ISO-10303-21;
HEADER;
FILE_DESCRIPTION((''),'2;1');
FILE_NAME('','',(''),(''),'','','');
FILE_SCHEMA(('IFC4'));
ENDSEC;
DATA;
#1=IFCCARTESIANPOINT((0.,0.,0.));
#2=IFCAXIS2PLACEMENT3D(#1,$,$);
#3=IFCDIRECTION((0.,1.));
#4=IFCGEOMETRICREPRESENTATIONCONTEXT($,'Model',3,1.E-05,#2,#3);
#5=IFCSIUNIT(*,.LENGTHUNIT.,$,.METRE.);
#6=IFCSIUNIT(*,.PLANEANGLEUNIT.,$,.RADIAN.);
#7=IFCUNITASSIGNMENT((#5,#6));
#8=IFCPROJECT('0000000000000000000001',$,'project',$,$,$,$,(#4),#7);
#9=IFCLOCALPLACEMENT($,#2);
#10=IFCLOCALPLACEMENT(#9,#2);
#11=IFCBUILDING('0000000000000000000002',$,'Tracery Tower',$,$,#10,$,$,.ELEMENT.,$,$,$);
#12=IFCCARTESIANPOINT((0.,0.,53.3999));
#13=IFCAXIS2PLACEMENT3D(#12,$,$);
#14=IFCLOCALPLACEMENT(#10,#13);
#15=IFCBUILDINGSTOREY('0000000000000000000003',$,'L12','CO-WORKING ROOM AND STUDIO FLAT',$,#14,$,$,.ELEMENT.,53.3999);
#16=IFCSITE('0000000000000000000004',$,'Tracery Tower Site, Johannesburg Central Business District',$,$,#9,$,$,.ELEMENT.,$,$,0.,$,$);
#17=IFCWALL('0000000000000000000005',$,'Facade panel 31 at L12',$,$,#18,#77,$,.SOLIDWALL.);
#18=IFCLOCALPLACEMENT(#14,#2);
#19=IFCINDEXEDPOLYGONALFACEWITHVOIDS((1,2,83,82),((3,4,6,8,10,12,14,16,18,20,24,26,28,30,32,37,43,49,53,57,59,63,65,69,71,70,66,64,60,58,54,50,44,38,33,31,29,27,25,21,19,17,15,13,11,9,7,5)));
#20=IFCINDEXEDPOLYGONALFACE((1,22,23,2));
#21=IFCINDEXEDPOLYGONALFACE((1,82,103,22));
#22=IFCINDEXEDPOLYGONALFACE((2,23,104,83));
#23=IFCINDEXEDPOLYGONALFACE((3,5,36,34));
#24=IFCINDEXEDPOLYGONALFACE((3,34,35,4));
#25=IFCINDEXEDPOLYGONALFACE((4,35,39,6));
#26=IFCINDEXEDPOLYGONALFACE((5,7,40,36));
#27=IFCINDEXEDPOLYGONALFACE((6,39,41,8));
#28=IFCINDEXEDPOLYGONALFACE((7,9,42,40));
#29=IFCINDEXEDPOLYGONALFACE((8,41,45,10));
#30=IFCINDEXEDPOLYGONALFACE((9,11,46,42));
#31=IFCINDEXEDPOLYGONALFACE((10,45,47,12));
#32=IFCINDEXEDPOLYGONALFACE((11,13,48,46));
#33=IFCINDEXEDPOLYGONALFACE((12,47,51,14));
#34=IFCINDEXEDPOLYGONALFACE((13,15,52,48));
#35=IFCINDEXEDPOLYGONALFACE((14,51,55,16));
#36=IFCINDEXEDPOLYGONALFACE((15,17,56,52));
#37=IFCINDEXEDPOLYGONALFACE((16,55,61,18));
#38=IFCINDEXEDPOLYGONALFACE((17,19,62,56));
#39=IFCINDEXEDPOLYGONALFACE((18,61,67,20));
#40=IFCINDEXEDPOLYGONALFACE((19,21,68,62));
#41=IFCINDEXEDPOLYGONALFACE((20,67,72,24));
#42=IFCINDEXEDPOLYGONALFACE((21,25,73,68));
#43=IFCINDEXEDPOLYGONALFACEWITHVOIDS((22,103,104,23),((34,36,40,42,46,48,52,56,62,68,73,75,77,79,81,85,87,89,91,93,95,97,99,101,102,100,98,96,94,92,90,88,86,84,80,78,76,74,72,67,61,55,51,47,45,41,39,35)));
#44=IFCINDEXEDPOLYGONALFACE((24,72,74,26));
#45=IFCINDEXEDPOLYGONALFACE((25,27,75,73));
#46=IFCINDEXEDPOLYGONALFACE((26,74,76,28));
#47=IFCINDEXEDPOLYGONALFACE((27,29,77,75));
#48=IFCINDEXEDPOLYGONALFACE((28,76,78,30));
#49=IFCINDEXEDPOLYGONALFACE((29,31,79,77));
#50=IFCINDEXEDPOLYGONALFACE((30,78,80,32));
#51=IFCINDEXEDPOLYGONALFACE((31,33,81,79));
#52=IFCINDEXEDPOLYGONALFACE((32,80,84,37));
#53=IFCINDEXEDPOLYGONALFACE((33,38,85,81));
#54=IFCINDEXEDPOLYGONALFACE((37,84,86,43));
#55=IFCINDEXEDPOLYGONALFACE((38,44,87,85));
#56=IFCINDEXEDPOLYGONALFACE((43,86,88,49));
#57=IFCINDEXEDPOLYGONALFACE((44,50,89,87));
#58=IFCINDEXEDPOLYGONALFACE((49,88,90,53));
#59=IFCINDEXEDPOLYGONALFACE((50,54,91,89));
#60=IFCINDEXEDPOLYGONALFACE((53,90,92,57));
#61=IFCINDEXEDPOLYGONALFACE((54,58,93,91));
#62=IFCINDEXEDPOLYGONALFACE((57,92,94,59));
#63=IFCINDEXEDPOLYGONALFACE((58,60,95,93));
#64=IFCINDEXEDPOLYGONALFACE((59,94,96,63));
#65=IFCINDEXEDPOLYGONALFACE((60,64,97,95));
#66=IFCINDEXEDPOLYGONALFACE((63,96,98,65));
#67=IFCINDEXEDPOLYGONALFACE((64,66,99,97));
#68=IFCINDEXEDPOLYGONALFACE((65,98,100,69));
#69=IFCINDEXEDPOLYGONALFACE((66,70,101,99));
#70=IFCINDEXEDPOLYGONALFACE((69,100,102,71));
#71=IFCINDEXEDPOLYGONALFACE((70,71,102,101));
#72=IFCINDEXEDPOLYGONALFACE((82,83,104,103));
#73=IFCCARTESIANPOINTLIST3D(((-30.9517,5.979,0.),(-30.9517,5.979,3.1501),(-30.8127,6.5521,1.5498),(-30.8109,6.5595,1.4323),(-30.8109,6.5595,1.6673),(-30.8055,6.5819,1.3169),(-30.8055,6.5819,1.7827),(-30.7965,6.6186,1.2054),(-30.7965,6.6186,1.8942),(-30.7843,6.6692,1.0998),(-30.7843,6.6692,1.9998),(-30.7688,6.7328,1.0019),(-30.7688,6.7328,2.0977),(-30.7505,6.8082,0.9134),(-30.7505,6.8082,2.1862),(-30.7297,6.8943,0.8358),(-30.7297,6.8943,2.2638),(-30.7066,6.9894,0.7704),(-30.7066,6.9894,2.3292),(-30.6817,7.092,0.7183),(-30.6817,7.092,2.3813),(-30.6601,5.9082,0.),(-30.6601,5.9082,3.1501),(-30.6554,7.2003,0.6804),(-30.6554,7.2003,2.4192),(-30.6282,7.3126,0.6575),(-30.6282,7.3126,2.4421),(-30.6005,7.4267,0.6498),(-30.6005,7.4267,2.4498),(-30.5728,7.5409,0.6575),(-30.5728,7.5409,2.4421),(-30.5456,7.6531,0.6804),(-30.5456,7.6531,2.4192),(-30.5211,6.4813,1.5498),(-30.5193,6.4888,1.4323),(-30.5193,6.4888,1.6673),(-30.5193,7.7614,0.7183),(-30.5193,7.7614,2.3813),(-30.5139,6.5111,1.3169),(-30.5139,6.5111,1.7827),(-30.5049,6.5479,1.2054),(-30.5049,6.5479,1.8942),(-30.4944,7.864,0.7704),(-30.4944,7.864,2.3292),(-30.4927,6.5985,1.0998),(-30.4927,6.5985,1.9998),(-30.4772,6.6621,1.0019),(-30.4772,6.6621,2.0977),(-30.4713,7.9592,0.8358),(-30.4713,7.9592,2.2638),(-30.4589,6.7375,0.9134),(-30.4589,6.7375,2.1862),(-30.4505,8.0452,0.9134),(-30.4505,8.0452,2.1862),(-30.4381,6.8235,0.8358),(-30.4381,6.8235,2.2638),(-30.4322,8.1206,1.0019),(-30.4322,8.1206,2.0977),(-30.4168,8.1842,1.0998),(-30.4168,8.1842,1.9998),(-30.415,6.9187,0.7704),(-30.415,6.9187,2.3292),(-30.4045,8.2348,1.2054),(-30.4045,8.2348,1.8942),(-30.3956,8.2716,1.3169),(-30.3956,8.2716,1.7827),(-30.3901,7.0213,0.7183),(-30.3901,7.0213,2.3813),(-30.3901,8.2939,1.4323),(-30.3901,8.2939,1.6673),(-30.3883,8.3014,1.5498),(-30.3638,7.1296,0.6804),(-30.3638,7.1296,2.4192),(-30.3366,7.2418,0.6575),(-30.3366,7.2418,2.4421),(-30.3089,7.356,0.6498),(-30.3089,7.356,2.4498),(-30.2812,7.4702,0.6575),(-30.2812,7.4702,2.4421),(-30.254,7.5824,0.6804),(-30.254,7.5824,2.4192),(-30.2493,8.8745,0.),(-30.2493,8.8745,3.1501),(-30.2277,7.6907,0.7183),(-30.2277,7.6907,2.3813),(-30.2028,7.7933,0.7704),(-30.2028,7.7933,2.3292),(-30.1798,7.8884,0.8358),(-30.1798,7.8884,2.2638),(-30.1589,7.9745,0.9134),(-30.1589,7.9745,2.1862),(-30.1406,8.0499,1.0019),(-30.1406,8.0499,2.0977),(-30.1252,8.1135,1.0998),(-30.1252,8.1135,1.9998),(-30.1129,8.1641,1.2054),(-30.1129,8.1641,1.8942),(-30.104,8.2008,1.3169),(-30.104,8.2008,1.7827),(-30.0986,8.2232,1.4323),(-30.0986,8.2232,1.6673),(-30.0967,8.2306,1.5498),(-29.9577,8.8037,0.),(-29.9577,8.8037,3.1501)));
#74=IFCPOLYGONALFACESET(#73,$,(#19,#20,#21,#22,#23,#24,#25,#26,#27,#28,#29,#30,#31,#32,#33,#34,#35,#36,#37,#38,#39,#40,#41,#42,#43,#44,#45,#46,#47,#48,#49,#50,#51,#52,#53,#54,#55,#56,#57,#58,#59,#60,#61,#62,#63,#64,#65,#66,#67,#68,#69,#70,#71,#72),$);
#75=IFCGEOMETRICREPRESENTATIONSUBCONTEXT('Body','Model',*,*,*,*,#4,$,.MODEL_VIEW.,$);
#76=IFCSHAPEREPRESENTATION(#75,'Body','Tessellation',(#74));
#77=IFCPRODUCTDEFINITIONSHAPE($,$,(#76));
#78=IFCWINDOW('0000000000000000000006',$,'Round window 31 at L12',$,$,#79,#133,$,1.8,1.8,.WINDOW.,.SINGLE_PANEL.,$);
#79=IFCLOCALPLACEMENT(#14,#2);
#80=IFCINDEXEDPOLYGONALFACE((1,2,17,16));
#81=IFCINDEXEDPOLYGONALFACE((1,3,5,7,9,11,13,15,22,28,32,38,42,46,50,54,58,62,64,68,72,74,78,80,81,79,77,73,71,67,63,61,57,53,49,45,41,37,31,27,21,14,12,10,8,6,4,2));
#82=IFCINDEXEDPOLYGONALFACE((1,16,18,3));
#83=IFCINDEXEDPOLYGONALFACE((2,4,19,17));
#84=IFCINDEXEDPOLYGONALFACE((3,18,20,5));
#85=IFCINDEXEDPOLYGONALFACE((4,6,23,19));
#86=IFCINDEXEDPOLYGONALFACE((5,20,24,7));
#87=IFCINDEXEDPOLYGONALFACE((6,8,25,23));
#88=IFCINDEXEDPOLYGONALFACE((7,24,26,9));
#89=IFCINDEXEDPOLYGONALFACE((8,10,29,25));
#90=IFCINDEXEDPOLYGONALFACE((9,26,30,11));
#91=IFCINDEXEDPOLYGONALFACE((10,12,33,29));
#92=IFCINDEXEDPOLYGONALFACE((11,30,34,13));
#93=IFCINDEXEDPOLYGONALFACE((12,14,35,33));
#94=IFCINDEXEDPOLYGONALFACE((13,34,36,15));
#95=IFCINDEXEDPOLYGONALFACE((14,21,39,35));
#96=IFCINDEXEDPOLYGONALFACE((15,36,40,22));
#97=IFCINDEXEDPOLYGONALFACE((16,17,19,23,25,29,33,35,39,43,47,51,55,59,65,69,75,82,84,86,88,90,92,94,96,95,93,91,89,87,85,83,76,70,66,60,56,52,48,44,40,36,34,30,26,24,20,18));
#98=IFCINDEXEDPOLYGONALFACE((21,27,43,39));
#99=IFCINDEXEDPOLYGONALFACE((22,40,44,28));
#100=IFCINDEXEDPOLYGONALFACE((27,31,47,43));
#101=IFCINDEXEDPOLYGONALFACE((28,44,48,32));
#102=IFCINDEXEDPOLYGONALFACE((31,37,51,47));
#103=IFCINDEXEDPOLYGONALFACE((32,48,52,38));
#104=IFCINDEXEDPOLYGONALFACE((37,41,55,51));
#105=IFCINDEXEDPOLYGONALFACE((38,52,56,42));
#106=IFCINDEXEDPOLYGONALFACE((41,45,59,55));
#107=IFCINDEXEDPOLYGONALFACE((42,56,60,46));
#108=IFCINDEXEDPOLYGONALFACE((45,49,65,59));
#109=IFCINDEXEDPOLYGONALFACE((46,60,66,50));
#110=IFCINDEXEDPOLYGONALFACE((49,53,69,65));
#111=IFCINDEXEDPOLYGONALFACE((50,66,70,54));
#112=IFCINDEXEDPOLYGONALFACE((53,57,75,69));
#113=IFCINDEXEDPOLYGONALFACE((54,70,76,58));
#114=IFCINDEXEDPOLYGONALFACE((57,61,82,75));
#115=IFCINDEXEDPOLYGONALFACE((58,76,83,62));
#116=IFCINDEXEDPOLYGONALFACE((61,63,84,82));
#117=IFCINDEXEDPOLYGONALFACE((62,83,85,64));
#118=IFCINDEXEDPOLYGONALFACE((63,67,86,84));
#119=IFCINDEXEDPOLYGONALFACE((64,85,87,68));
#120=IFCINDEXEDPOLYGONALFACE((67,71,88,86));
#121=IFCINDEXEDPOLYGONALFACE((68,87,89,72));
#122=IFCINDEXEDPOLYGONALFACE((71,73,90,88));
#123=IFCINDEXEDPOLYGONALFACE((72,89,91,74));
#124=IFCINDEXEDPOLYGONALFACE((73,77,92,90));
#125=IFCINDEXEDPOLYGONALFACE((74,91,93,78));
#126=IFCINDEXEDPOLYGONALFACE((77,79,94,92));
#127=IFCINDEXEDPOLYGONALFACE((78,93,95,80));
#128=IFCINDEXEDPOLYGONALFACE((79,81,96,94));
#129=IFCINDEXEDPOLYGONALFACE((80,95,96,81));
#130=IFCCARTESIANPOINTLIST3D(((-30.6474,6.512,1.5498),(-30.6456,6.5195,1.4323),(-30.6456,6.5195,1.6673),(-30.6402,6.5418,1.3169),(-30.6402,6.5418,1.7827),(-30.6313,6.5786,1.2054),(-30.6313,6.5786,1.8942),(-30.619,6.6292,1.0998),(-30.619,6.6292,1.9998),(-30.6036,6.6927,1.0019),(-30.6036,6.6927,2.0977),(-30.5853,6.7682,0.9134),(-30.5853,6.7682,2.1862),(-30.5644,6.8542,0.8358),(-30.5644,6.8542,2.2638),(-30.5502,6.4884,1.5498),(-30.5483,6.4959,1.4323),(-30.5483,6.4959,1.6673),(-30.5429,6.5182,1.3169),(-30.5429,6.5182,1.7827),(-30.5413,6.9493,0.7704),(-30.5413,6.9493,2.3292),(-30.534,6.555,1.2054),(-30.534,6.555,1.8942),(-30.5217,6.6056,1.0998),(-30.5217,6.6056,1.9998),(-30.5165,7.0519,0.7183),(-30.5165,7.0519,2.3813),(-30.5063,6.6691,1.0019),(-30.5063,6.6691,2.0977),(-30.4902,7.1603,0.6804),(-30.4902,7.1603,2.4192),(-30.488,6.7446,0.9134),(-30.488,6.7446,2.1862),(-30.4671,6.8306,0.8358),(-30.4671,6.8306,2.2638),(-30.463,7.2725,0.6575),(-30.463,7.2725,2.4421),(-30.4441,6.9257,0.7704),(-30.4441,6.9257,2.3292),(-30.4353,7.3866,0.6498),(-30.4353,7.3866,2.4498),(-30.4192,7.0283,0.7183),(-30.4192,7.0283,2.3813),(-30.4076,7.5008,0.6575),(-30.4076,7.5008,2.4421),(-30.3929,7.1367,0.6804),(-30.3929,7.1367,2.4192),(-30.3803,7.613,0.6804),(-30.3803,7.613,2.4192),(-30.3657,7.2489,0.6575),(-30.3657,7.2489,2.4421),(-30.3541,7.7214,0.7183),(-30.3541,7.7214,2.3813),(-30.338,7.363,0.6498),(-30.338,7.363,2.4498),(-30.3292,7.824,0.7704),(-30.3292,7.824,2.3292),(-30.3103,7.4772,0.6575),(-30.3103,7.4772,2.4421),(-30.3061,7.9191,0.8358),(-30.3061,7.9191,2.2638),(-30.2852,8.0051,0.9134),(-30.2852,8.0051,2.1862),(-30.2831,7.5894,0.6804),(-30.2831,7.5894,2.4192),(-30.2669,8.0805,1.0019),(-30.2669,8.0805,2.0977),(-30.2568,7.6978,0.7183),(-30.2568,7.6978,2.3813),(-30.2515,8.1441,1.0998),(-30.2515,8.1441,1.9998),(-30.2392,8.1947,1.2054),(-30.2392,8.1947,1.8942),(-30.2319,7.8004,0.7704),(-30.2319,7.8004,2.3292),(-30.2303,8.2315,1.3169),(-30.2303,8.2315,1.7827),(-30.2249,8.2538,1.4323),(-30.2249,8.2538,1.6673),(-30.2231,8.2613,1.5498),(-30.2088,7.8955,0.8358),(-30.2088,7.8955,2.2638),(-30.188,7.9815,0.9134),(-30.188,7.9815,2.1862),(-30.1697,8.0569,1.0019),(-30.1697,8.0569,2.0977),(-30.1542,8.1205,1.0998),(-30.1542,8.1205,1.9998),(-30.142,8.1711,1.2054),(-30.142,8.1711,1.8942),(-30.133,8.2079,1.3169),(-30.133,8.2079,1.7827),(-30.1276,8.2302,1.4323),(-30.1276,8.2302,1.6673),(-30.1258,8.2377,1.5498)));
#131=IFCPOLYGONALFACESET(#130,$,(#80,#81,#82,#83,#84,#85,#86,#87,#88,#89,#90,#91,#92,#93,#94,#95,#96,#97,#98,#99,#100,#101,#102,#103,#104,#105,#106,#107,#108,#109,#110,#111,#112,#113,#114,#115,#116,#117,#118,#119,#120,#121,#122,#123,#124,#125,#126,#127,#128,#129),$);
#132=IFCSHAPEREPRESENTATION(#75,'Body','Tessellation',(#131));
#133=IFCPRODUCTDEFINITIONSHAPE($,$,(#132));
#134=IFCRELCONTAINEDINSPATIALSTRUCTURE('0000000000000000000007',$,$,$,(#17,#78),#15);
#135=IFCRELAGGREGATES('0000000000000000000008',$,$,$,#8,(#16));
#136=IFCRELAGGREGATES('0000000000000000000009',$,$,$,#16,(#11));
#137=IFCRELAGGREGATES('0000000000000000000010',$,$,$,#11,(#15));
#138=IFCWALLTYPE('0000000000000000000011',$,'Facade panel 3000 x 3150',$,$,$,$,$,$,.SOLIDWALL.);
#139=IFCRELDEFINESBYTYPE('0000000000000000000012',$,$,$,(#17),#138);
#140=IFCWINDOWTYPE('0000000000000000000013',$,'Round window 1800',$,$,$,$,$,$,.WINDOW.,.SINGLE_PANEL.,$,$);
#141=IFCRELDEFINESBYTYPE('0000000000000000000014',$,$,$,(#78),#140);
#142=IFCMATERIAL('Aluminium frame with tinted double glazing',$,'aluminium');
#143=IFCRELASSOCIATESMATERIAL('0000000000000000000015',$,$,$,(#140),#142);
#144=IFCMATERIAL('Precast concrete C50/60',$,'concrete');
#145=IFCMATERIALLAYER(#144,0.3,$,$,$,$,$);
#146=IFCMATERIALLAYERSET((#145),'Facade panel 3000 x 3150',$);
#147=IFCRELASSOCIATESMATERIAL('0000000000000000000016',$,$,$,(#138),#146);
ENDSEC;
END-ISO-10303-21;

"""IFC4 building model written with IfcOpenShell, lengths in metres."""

from ifc_helpers import new_model, si_unit, direction, frame, frame_2d, origin, origin_2d, place, context, subcontext, project, spatial, rectangle, circle, extrude, material, layer, layer_set, type_object, element, fill, save


model = new_model("IFC4")

# Units and contexts
model_context = context("Model", 3, precision=1e-05, world=origin(), true_north=direction((0.0, 1.0)))
body_context = subcontext(model_context, "Body", "Model", "MODEL_VIEW")
ifc_project = project(units=[si_unit("LENGTHUNIT", "METRE"), si_unit("PLANEANGLEUNIT", "RADIAN")], contexts=[model_context])

# Site, building, storey
site_placement = place(None, origin())
site = spatial("IfcSite", under=ifc_project, at=site_placement, Name="Tracery Tower Site, Johannesburg Central Business District", CompositionType="ELEMENT", RefElevation=0.0)
building_placement = place(site_placement, origin())
building = spatial("IfcBuilding", under=site, at=building_placement, Name="Tracery Tower", CompositionType="ELEMENT")
storey_placement = place(building_placement, frame((0.0, 0.0, 53.3999)))
storey = spatial("IfcBuildingStorey", under=building, at=storey_placement, Name="L12", Description="CO-WORKING ROOM AND STUDIO FLAT", CompositionType="ELEMENT", Elevation=53.3999)

# Wall, opening, window
ifc_material_1 = material(Name="Aluminium frame with tinted double glazing", Category="aluminium")
window_type = type_object("IfcWindowType", Name="Round window 1800", PartitioningType="SINGLE_PANEL", PredefinedType="WINDOW", material=ifc_material_1)
ifc_material_2 = material(Name="Precast concrete C50/60", Category="concrete")
ifc_layer_1 = layer(ifc_material_2, 0.3)
ifc_layer_set_1 = layer_set([ifc_layer_1], Name="Facade panel 3000 x 3150")
wall_type_1 = type_object("IfcWallType", Name="Facade panel 3000 x 3150", PredefinedType="SOLIDWALL", material=ifc_layer_set_1)
wall_1_placement = place(storey_placement, frame((-30.1035, 8.8391, 0.0), z_axis=(0.0, 0.0, 1.0), x_axis=(-0.235743, -0.971815, 0.0)))
wall_1 = element("IfcWall", 1, at=wall_1_placement, inside=storey, type_object=wall_type_1, Name="Facade panel 31 at L12", PredefinedType="SOLIDWALL", context=body_context, shape_type="SweptSolid", body=[
    extrude(rectangle(XDim=2.9795, YDim=0.3, at=frame_2d((1.4897, 0.0))), origin(), (0.0, 0.0, 1.0), 3.1501),
])
opening_1_placement = place(wall_1_placement, frame((1.4897, 0.0, 1.5498)))
opening_1 = element("IfcOpeningElement", 2, at=opening_1_placement, cuts=wall_1, PredefinedType="OPENING", context=body_context, shape_type="SweptSolid", body=[
    extrude(circle(Radius=0.9, at=origin_2d()), frame((0.0, 0.1599, 0.0), z_axis=(0.0, -1.0, 0.0), x_axis=(1.0, 0.0, 0.0)), (0.0, 0.0, 1.0), 0.3201),
])
window_1_placement = place(opening_1_placement, origin())
window_1 = element("IfcWindow", 3, at=window_1_placement, inside=storey, type_object=window_type, Name="Round window 31 at L12", OverallHeight=1.8, OverallWidth=1.8, PartitioningType="SINGLE_PANEL", PredefinedType="WINDOW", context=body_context, shape_type="SweptSolid", body=[
    extrude(circle(Radius=0.9, at=origin_2d()), frame((0.0, 0.1201, 0.0), z_axis=(0.0, -1.0, 0.0), x_axis=(1.0, 0.0, 0.0)), (0.0, 0.0, 1.0), 0.1001),
])
fill(opening_1, window_1)

save(model, "model.ifc")
